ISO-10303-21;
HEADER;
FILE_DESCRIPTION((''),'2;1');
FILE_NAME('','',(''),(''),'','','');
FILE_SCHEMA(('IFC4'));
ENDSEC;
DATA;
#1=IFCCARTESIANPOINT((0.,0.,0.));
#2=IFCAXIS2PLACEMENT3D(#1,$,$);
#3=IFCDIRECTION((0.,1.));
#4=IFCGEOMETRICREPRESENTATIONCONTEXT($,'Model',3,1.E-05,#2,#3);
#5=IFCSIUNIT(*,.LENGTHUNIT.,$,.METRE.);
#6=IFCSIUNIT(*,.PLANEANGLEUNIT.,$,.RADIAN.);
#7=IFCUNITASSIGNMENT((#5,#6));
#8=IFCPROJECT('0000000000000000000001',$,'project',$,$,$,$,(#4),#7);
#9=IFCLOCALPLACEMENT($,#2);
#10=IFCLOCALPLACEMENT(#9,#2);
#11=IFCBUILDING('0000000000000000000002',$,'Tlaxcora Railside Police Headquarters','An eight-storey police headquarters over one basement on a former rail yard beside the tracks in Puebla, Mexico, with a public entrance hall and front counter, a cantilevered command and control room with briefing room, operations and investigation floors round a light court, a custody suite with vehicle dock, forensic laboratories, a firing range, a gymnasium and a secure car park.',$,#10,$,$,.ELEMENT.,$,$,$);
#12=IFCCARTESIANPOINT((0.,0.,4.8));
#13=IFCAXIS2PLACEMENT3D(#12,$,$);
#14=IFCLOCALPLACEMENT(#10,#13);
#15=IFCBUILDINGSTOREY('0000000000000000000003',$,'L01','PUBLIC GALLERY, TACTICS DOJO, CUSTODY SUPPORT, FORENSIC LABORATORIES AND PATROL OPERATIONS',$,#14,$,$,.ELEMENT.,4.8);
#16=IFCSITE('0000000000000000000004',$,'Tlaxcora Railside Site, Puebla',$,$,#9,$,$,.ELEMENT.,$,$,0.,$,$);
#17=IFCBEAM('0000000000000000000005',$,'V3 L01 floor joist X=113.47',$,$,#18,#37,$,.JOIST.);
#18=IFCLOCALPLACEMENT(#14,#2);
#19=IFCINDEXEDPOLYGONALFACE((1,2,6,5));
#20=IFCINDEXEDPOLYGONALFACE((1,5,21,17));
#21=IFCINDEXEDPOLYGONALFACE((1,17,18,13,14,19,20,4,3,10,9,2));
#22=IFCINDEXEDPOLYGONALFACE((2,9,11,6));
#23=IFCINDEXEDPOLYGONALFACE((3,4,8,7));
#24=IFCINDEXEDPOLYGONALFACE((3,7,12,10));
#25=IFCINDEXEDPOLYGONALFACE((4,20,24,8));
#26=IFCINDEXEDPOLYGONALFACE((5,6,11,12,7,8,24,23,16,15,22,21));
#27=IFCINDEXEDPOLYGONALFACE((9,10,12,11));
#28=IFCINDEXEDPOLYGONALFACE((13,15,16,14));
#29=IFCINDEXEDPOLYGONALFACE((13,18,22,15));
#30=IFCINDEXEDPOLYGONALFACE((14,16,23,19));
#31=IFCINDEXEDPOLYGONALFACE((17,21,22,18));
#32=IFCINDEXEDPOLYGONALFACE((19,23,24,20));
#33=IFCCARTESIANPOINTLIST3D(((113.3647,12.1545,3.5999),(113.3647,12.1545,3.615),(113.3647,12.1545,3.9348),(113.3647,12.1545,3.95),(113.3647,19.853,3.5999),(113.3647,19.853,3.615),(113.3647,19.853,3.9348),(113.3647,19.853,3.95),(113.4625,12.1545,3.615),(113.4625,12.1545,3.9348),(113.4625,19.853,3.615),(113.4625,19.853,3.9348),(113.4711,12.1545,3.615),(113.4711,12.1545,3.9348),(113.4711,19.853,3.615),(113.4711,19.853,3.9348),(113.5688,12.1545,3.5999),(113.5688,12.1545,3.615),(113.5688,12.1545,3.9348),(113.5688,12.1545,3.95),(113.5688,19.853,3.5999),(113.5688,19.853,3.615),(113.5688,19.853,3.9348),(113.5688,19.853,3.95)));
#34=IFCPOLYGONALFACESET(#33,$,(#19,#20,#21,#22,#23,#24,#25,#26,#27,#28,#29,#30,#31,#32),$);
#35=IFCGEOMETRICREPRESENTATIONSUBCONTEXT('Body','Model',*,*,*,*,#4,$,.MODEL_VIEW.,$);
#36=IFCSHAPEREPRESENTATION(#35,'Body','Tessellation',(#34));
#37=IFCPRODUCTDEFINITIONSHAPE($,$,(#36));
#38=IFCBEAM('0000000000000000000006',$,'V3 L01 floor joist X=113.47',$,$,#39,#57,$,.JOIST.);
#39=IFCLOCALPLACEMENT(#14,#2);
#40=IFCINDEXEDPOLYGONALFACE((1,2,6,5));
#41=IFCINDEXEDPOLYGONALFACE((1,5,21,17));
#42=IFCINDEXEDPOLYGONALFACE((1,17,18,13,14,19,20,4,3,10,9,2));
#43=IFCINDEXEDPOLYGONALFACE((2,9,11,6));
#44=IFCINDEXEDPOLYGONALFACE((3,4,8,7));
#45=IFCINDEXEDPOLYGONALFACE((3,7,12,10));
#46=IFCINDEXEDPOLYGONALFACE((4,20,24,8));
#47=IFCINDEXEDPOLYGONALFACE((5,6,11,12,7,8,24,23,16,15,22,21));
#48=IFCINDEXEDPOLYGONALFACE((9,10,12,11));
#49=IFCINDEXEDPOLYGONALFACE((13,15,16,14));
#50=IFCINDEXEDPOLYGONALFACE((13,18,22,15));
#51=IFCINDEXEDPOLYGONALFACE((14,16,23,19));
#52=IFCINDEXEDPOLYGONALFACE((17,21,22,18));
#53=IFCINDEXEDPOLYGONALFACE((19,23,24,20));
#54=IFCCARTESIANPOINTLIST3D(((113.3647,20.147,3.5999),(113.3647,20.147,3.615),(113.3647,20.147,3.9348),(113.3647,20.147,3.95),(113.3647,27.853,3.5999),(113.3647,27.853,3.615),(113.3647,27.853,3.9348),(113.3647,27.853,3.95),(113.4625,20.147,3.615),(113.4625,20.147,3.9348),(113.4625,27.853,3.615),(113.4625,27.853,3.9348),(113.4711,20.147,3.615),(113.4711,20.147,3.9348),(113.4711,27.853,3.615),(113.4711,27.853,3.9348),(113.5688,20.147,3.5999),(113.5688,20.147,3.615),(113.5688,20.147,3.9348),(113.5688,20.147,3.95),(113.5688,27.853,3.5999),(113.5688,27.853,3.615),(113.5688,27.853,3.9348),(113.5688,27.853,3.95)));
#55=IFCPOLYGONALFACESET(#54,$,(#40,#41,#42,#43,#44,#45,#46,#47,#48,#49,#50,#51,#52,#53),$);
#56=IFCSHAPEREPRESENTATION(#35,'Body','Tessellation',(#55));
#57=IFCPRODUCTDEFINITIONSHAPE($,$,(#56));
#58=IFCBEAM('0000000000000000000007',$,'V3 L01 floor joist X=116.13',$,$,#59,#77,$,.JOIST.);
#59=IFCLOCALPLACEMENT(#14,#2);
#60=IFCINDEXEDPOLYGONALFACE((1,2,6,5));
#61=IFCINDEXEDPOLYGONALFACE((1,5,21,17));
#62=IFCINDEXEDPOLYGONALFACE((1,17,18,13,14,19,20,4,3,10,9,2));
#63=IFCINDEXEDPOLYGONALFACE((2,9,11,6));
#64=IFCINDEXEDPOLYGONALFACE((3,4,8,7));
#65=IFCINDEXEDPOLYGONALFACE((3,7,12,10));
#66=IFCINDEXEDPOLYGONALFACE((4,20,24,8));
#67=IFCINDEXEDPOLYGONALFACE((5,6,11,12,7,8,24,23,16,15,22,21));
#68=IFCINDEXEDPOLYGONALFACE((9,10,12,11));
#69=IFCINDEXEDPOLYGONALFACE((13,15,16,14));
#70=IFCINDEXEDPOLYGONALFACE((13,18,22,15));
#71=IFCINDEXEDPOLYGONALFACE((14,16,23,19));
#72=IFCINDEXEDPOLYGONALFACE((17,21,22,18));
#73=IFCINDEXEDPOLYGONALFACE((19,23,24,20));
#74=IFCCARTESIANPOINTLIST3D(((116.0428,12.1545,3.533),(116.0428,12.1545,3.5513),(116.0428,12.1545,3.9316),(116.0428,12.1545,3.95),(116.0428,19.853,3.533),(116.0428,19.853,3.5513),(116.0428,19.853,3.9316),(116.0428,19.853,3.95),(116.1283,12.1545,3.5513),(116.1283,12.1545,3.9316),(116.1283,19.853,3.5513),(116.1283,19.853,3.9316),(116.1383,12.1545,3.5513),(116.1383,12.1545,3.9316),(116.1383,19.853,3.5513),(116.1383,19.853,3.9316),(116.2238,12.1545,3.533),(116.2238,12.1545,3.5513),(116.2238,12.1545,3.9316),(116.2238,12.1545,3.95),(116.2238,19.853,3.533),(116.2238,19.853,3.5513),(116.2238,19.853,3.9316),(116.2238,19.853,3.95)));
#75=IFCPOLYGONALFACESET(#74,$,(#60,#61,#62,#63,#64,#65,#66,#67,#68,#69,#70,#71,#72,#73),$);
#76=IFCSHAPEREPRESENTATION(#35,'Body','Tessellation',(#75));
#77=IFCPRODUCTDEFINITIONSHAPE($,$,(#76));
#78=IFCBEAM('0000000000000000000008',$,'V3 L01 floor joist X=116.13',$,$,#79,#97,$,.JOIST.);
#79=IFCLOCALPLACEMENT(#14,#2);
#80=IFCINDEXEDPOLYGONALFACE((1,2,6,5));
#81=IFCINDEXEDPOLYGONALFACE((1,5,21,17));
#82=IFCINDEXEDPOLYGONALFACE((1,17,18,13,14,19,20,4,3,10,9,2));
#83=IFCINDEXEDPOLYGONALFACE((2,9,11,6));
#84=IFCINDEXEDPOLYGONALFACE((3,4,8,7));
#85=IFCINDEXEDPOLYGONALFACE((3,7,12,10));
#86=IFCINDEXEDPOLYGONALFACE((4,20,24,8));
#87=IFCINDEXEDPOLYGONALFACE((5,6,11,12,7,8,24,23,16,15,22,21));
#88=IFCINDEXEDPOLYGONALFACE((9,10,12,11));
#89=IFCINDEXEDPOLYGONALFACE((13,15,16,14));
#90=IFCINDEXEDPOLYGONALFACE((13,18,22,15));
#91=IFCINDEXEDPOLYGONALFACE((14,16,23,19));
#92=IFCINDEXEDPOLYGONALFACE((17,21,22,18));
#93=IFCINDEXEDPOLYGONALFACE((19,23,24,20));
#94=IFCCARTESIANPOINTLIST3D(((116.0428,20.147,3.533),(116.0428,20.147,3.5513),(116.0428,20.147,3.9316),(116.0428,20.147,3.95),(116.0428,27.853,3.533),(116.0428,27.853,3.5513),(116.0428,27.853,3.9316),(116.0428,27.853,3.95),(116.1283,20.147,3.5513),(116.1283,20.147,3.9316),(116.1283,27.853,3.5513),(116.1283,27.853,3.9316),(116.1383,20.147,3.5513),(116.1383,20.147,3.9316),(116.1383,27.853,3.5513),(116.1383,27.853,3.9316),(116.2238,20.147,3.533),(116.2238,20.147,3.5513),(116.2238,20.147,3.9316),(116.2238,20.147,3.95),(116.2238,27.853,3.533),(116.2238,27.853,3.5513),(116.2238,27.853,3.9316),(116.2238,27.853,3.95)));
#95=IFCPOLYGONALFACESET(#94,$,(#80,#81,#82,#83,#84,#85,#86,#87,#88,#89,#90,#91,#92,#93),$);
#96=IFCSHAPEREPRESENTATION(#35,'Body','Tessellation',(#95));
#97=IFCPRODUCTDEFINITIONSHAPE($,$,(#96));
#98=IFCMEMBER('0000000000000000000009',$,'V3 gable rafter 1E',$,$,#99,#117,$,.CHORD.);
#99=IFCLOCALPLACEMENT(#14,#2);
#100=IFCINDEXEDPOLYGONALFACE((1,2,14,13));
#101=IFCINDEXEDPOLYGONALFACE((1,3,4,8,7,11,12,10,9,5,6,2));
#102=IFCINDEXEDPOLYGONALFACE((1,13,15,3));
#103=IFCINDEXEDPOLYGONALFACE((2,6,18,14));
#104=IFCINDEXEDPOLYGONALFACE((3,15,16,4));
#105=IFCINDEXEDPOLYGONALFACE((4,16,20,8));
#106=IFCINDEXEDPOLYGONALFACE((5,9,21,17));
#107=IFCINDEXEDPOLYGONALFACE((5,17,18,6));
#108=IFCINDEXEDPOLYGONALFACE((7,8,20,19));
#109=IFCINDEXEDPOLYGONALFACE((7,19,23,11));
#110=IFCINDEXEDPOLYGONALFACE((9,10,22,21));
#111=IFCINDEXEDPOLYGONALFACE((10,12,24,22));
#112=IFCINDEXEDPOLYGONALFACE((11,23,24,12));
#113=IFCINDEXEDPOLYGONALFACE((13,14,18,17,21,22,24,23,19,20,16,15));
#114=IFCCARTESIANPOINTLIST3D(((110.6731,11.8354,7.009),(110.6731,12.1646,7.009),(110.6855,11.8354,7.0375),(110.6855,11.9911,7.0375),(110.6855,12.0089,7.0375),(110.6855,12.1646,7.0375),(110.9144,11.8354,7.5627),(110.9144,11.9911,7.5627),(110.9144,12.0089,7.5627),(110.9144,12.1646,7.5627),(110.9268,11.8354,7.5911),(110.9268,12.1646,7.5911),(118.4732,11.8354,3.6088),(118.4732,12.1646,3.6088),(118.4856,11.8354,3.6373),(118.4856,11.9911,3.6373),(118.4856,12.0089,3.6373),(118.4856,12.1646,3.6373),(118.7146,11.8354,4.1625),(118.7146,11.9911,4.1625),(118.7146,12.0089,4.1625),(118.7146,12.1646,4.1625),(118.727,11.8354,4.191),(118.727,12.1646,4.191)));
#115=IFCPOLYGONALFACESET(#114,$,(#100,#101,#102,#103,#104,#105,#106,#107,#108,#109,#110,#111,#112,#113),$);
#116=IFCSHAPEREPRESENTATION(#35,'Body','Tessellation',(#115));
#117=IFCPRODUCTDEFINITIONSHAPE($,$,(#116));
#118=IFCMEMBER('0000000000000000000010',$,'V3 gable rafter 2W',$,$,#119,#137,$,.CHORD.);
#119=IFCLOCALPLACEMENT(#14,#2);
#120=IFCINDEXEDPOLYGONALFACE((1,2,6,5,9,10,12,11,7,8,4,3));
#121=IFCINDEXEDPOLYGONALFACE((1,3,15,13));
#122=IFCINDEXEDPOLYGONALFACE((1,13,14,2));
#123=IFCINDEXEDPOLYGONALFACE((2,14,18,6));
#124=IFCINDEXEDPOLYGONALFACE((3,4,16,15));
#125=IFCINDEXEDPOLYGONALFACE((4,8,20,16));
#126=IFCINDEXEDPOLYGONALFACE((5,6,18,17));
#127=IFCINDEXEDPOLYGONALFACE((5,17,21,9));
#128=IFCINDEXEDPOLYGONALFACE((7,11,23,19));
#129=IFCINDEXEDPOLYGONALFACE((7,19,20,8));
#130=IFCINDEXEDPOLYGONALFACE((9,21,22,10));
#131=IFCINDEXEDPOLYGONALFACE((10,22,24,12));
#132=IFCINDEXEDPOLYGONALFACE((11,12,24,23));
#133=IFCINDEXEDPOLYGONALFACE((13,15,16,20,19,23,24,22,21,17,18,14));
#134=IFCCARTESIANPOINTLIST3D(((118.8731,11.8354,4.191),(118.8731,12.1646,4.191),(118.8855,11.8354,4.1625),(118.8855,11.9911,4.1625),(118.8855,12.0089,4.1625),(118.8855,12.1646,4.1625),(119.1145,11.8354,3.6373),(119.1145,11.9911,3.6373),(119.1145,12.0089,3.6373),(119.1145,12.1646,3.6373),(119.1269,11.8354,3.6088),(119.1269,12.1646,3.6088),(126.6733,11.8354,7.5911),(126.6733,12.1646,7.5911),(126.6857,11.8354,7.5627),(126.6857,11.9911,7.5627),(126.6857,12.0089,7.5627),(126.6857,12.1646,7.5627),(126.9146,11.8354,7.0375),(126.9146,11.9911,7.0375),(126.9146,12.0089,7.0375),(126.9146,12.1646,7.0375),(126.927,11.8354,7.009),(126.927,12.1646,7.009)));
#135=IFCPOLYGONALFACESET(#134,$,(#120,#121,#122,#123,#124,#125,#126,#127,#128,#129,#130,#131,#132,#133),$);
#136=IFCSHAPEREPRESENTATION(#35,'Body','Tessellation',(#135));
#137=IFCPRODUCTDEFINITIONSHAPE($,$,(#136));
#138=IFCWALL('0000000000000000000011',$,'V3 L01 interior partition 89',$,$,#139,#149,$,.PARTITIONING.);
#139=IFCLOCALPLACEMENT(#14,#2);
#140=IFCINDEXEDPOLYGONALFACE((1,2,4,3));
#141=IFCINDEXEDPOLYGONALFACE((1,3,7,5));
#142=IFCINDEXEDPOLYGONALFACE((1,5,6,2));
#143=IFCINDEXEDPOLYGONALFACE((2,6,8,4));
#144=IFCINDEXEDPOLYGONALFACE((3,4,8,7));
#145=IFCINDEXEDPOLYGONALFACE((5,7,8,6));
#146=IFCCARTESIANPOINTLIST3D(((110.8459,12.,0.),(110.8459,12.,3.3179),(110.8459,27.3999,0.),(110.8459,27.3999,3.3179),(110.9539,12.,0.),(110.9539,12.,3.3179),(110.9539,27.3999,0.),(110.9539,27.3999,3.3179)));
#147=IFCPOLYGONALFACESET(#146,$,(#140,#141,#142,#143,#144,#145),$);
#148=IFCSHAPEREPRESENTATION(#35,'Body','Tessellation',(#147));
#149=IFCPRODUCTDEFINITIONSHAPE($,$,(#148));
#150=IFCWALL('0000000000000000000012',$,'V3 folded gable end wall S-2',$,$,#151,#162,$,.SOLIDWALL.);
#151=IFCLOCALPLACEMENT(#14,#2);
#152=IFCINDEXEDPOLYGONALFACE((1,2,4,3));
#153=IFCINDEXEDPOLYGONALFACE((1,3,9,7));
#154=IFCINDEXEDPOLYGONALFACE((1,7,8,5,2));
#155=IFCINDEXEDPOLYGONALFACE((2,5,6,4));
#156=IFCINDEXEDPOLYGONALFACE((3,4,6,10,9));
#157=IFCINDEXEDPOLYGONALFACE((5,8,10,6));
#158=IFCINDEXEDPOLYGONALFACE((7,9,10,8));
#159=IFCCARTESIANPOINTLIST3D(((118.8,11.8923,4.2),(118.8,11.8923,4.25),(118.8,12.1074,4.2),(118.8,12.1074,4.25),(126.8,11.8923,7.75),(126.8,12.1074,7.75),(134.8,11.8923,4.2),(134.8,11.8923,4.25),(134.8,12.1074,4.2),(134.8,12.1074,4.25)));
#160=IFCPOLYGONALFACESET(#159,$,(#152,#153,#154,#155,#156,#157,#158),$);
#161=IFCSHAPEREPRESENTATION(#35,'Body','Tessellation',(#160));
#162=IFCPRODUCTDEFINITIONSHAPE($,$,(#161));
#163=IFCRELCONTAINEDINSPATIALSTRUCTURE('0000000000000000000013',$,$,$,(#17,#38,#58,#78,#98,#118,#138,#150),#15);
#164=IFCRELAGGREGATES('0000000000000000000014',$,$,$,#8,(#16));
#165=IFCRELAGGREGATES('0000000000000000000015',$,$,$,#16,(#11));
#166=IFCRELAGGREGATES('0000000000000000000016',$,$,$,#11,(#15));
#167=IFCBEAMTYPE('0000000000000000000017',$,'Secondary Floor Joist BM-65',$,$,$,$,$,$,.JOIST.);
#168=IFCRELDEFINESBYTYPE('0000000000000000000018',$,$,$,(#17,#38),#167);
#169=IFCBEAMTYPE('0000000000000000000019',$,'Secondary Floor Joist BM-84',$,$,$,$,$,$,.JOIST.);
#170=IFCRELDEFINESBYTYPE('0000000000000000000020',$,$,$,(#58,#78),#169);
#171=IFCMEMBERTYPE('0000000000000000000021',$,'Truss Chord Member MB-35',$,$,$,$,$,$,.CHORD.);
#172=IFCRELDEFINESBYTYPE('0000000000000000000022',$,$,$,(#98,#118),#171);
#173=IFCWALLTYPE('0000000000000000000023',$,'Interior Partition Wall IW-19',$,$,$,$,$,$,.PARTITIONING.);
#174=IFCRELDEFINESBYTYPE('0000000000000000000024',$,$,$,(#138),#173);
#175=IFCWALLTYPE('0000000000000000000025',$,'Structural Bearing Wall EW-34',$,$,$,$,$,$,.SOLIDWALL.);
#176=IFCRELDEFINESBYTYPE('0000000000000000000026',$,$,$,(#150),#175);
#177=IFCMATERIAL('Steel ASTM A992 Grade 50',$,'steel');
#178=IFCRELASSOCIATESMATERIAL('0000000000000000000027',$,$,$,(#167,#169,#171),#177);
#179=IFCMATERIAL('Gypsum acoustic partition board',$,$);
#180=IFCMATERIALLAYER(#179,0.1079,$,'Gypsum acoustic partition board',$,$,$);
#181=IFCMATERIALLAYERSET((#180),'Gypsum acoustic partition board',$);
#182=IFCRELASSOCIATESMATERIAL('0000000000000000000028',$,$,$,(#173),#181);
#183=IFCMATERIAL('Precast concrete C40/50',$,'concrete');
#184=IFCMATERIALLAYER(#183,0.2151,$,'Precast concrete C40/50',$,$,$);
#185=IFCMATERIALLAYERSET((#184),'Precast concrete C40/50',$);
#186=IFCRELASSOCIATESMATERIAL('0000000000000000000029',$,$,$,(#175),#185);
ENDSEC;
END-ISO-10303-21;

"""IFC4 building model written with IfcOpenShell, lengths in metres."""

from ifc_helpers import new_model, si_unit, direction, frame, frame_2d, origin, origin_2d, place, context, subcontext, project, spatial, polyline, rectangle, i_section, outline, extrude, material, layer, layer_set, material_profile, profile_set, type_object, element, save


model = new_model("IFC4")

# Units and contexts
model_context = context("Model", 3, precision=1e-05, world=origin(), true_north=direction((0.0, 1.0)))
body_context = subcontext(model_context, "Body", "Model", "MODEL_VIEW")
ifc_project = project(units=[si_unit("LENGTHUNIT", "METRE"), si_unit("PLANEANGLEUNIT", "RADIAN")], contexts=[model_context])

# Site, building, storey
site_placement = place(None, origin())
site = spatial("IfcSite", under=ifc_project, at=site_placement, Name="Tlaxcora Railside Site, Puebla", CompositionType="ELEMENT", RefElevation=0.0)
building_placement = place(site_placement, origin())
building = spatial("IfcBuilding", under=site, at=building_placement, Name="Tlaxcora Railside Police Headquarters", Description="An eight-storey police headquarters over one basement on a former rail yard beside the tracks in Puebla, Mexico, with a public entrance hall and front counter, a cantilevered command and control room with briefing room, operations and investigation floors round a light court, a custody suite with vehicle dock, forensic laboratories, a firing range, a gymnasium and a secure car park.", CompositionType="ELEMENT")
storey_placement = place(building_placement, frame((0.0, 0.0, 4.8)))
storey = spatial("IfcBuildingStorey", under=building, at=storey_placement, Name="L01", Description="PUBLIC GALLERY, TACTICS DOJO, CUSTODY SUPPORT, FORENSIC LABORATORIES AND PATROL OPERATIONS", CompositionType="ELEMENT", Elevation=4.8)

# Shared definitions
ifc_material_1 = material(Name="Steel ASTM A992 Grade 50", Category="steel")

# Beams
ifc_material_profile_1 = material_profile(ifc_material_1, i_section(OverallWidth=0.2041, OverallDepth=0.3501, WebThickness=0.0085, FlangeThickness=0.0151, at=origin_2d()), Name="W14X48")
ifc_profile_set_1 = profile_set([ifc_material_profile_1], Name="Steel ASTM A992 Grade 50")
beam_type_1 = type_object("IfcBeamType", Name="Secondary Floor Joist BM-65", PredefinedType="JOIST", material=ifc_profile_set_1)
beam_1_placement = place(storey_placement, frame((113.4668, 12.1545, 3.7749), z_axis=(0.0, 1.0, 0.0), x_axis=(-1.0, 0.0, 0.0)))
element("IfcBeam", 1, at=beam_1_placement, inside=storey, type_object=beam_type_1, Name="V3 L01 floor joist X=113.47", PredefinedType="JOIST", context=body_context, shape_type="SweptSolid", body=[
    extrude(i_section(OverallWidth=0.2041, OverallDepth=0.3501, WebThickness=0.0085, FlangeThickness=0.0151, at=origin_2d()), origin(), (0.0, 0.0, 1.0), 7.6985),
])
beam_2_placement = place(storey_placement, frame((113.4668, 20.147, 3.7749), z_axis=(0.0, 1.0, 0.0), x_axis=(-1.0, 0.0, 0.0)))
element("IfcBeam", 2, at=beam_2_placement, inside=storey, type_object=beam_type_1, Name="V3 L01 floor joist X=113.47", PredefinedType="JOIST", context=body_context, shape_type="SweptSolid", body=[
    extrude(i_section(OverallWidth=0.2041, OverallDepth=0.3501, WebThickness=0.0085, FlangeThickness=0.0151, at=origin_2d()), origin(), (0.0, 0.0, 1.0), 7.7061),
])
ifc_material_profile_2 = material_profile(ifc_material_1, i_section(OverallWidth=0.1809, OverallDepth=0.417, WebThickness=0.01, FlangeThickness=0.0183, at=origin_2d()), Name="W16X57")
ifc_profile_set_2 = profile_set([ifc_material_profile_2], Name="Steel ASTM A992 Grade 50")
beam_type_2 = type_object("IfcBeamType", Name="Secondary Floor Joist BM-84", PredefinedType="JOIST", material=ifc_profile_set_2)
beam_3_placement = place(storey_placement, frame((116.1333, 12.1545, 3.7415), z_axis=(0.0, 1.0, 0.0), x_axis=(-1.0, 0.0, 0.0)))
element("IfcBeam", 3, at=beam_3_placement, inside=storey, type_object=beam_type_2, Name="V3 L01 floor joist X=116.13", PredefinedType="JOIST", context=body_context, shape_type="SweptSolid", body=[
    extrude(i_section(OverallWidth=0.1809, OverallDepth=0.417, WebThickness=0.01, FlangeThickness=0.0183, at=origin_2d()), origin(), (0.0, 0.0, 1.0), 7.6985),
])
beam_4_placement = place(storey_placement, frame((116.1333, 20.147, 3.7415), z_axis=(0.0, 1.0, 0.0), x_axis=(-1.0, 0.0, 0.0)))
element("IfcBeam", 4, at=beam_4_placement, inside=storey, type_object=beam_type_2, Name="V3 L01 floor joist X=116.13", PredefinedType="JOIST", context=body_context, shape_type="SweptSolid", body=[
    extrude(i_section(OverallWidth=0.1809, OverallDepth=0.417, WebThickness=0.01, FlangeThickness=0.0183, at=origin_2d()), origin(), (0.0, 0.0, 1.0), 7.7061),
])

# Members
ifc_material_profile_3 = material_profile(ifc_material_1, i_section(OverallWidth=0.3291, OverallDepth=0.635, WebThickness=0.0178, FlangeThickness=0.031, at=origin_2d()), Name="W24X162")
ifc_profile_set_3 = profile_set([ifc_material_profile_3], Name="Steel ASTM A992 Grade 50")
member_type_1 = type_object("IfcMemberType", Name="Truss Chord Member MB-35", PredefinedType="CHORD", material=ifc_profile_set_3)
for number, where, z_axis, x_axis, name in (
    (5, (118.6001, 12.0, 3.8999), (-0.916691, 0.0, 0.399598), (0.0, -1.0, 0.0), "V3 gable rafter 1E"),
    (6, (119.0, 12.0, 3.8999), (0.916691, 0.0, 0.399598), (0.0, 1.0, 0.0), "V3 gable rafter 2W"),
):
    element("IfcMember", number, at=place(storey_placement, frame(where, z_axis=z_axis, x_axis=x_axis)), inside=storey, type_object=member_type_1, Name=name, PredefinedType="CHORD", context=body_context, shape_type="SweptSolid", body=[
        extrude(i_section(OverallWidth=0.3291, OverallDepth=0.635, WebThickness=0.0178, FlangeThickness=0.031, at=origin_2d()), origin(), (0.0, 0.0, 1.0), 8.509),
    ])

# Walls
ifc_material_2 = material(Name="Gypsum acoustic partition board")
ifc_layer_1 = layer(ifc_material_2, 0.1079, Name="Gypsum acoustic partition board")
ifc_layer_set_1 = layer_set([ifc_layer_1], Name="Gypsum acoustic partition board")
wall_type_1 = type_object("IfcWallType", Name="Interior Partition Wall IW-19", PredefinedType="PARTITIONING", material=ifc_layer_set_1)
wall_1_placement = place(storey_placement, frame((110.8999, 12.0, 0.0), z_axis=(0.0, 0.0, 1.0), x_axis=(0.0, 1.0, 0.0)))
element("IfcWall", 7, at=wall_1_placement, inside=storey, type_object=wall_type_1, Name="V3 L01 interior partition 89", PredefinedType="PARTITIONING", context=body_context, shape_type="SweptSolid", body=[
    extrude(rectangle(XDim=15.3999, YDim=0.1079, at=frame_2d((7.7, 0.0))), origin(), (0.0, 0.0, 1.0), 3.3179),
])
ifc_material_3 = material(Name="Precast concrete C40/50", Category="concrete")
ifc_layer_2 = layer(ifc_material_3, 0.2151, Name="Precast concrete C40/50")
ifc_layer_set_2 = layer_set([ifc_layer_2], Name="Precast concrete C40/50")
wall_type_2 = type_object("IfcWallType", Name="Structural Bearing Wall EW-34", PredefinedType="SOLIDWALL", material=ifc_layer_set_2)
wall_2_placement = place(storey_placement, frame((118.8, 12.0, 4.2), z_axis=(0.0, 0.0, 1.0), x_axis=(1.0, 0.0, 0.0)))
element("IfcWall", 8, at=wall_2_placement, inside=storey, type_object=wall_type_2, Name="V3 folded gable end wall S-2", PredefinedType="SOLIDWALL", context=body_context, shape_type="SweptSolid", body=[
    extrude(outline(polyline([(0.0, 0.0), (16.0, 0.0), (16.0, 0.05), (8.0, 3.55), (0.0, 0.05), (0.0, 0.0)])), frame((0.0, 0.1074, 0.0), z_axis=(0.0, -1.0, 0.0), x_axis=(1.0, 0.0, 0.0)), (0.0, 0.0, 1.0), 0.2151),
])

save(model, "model.ifc")
